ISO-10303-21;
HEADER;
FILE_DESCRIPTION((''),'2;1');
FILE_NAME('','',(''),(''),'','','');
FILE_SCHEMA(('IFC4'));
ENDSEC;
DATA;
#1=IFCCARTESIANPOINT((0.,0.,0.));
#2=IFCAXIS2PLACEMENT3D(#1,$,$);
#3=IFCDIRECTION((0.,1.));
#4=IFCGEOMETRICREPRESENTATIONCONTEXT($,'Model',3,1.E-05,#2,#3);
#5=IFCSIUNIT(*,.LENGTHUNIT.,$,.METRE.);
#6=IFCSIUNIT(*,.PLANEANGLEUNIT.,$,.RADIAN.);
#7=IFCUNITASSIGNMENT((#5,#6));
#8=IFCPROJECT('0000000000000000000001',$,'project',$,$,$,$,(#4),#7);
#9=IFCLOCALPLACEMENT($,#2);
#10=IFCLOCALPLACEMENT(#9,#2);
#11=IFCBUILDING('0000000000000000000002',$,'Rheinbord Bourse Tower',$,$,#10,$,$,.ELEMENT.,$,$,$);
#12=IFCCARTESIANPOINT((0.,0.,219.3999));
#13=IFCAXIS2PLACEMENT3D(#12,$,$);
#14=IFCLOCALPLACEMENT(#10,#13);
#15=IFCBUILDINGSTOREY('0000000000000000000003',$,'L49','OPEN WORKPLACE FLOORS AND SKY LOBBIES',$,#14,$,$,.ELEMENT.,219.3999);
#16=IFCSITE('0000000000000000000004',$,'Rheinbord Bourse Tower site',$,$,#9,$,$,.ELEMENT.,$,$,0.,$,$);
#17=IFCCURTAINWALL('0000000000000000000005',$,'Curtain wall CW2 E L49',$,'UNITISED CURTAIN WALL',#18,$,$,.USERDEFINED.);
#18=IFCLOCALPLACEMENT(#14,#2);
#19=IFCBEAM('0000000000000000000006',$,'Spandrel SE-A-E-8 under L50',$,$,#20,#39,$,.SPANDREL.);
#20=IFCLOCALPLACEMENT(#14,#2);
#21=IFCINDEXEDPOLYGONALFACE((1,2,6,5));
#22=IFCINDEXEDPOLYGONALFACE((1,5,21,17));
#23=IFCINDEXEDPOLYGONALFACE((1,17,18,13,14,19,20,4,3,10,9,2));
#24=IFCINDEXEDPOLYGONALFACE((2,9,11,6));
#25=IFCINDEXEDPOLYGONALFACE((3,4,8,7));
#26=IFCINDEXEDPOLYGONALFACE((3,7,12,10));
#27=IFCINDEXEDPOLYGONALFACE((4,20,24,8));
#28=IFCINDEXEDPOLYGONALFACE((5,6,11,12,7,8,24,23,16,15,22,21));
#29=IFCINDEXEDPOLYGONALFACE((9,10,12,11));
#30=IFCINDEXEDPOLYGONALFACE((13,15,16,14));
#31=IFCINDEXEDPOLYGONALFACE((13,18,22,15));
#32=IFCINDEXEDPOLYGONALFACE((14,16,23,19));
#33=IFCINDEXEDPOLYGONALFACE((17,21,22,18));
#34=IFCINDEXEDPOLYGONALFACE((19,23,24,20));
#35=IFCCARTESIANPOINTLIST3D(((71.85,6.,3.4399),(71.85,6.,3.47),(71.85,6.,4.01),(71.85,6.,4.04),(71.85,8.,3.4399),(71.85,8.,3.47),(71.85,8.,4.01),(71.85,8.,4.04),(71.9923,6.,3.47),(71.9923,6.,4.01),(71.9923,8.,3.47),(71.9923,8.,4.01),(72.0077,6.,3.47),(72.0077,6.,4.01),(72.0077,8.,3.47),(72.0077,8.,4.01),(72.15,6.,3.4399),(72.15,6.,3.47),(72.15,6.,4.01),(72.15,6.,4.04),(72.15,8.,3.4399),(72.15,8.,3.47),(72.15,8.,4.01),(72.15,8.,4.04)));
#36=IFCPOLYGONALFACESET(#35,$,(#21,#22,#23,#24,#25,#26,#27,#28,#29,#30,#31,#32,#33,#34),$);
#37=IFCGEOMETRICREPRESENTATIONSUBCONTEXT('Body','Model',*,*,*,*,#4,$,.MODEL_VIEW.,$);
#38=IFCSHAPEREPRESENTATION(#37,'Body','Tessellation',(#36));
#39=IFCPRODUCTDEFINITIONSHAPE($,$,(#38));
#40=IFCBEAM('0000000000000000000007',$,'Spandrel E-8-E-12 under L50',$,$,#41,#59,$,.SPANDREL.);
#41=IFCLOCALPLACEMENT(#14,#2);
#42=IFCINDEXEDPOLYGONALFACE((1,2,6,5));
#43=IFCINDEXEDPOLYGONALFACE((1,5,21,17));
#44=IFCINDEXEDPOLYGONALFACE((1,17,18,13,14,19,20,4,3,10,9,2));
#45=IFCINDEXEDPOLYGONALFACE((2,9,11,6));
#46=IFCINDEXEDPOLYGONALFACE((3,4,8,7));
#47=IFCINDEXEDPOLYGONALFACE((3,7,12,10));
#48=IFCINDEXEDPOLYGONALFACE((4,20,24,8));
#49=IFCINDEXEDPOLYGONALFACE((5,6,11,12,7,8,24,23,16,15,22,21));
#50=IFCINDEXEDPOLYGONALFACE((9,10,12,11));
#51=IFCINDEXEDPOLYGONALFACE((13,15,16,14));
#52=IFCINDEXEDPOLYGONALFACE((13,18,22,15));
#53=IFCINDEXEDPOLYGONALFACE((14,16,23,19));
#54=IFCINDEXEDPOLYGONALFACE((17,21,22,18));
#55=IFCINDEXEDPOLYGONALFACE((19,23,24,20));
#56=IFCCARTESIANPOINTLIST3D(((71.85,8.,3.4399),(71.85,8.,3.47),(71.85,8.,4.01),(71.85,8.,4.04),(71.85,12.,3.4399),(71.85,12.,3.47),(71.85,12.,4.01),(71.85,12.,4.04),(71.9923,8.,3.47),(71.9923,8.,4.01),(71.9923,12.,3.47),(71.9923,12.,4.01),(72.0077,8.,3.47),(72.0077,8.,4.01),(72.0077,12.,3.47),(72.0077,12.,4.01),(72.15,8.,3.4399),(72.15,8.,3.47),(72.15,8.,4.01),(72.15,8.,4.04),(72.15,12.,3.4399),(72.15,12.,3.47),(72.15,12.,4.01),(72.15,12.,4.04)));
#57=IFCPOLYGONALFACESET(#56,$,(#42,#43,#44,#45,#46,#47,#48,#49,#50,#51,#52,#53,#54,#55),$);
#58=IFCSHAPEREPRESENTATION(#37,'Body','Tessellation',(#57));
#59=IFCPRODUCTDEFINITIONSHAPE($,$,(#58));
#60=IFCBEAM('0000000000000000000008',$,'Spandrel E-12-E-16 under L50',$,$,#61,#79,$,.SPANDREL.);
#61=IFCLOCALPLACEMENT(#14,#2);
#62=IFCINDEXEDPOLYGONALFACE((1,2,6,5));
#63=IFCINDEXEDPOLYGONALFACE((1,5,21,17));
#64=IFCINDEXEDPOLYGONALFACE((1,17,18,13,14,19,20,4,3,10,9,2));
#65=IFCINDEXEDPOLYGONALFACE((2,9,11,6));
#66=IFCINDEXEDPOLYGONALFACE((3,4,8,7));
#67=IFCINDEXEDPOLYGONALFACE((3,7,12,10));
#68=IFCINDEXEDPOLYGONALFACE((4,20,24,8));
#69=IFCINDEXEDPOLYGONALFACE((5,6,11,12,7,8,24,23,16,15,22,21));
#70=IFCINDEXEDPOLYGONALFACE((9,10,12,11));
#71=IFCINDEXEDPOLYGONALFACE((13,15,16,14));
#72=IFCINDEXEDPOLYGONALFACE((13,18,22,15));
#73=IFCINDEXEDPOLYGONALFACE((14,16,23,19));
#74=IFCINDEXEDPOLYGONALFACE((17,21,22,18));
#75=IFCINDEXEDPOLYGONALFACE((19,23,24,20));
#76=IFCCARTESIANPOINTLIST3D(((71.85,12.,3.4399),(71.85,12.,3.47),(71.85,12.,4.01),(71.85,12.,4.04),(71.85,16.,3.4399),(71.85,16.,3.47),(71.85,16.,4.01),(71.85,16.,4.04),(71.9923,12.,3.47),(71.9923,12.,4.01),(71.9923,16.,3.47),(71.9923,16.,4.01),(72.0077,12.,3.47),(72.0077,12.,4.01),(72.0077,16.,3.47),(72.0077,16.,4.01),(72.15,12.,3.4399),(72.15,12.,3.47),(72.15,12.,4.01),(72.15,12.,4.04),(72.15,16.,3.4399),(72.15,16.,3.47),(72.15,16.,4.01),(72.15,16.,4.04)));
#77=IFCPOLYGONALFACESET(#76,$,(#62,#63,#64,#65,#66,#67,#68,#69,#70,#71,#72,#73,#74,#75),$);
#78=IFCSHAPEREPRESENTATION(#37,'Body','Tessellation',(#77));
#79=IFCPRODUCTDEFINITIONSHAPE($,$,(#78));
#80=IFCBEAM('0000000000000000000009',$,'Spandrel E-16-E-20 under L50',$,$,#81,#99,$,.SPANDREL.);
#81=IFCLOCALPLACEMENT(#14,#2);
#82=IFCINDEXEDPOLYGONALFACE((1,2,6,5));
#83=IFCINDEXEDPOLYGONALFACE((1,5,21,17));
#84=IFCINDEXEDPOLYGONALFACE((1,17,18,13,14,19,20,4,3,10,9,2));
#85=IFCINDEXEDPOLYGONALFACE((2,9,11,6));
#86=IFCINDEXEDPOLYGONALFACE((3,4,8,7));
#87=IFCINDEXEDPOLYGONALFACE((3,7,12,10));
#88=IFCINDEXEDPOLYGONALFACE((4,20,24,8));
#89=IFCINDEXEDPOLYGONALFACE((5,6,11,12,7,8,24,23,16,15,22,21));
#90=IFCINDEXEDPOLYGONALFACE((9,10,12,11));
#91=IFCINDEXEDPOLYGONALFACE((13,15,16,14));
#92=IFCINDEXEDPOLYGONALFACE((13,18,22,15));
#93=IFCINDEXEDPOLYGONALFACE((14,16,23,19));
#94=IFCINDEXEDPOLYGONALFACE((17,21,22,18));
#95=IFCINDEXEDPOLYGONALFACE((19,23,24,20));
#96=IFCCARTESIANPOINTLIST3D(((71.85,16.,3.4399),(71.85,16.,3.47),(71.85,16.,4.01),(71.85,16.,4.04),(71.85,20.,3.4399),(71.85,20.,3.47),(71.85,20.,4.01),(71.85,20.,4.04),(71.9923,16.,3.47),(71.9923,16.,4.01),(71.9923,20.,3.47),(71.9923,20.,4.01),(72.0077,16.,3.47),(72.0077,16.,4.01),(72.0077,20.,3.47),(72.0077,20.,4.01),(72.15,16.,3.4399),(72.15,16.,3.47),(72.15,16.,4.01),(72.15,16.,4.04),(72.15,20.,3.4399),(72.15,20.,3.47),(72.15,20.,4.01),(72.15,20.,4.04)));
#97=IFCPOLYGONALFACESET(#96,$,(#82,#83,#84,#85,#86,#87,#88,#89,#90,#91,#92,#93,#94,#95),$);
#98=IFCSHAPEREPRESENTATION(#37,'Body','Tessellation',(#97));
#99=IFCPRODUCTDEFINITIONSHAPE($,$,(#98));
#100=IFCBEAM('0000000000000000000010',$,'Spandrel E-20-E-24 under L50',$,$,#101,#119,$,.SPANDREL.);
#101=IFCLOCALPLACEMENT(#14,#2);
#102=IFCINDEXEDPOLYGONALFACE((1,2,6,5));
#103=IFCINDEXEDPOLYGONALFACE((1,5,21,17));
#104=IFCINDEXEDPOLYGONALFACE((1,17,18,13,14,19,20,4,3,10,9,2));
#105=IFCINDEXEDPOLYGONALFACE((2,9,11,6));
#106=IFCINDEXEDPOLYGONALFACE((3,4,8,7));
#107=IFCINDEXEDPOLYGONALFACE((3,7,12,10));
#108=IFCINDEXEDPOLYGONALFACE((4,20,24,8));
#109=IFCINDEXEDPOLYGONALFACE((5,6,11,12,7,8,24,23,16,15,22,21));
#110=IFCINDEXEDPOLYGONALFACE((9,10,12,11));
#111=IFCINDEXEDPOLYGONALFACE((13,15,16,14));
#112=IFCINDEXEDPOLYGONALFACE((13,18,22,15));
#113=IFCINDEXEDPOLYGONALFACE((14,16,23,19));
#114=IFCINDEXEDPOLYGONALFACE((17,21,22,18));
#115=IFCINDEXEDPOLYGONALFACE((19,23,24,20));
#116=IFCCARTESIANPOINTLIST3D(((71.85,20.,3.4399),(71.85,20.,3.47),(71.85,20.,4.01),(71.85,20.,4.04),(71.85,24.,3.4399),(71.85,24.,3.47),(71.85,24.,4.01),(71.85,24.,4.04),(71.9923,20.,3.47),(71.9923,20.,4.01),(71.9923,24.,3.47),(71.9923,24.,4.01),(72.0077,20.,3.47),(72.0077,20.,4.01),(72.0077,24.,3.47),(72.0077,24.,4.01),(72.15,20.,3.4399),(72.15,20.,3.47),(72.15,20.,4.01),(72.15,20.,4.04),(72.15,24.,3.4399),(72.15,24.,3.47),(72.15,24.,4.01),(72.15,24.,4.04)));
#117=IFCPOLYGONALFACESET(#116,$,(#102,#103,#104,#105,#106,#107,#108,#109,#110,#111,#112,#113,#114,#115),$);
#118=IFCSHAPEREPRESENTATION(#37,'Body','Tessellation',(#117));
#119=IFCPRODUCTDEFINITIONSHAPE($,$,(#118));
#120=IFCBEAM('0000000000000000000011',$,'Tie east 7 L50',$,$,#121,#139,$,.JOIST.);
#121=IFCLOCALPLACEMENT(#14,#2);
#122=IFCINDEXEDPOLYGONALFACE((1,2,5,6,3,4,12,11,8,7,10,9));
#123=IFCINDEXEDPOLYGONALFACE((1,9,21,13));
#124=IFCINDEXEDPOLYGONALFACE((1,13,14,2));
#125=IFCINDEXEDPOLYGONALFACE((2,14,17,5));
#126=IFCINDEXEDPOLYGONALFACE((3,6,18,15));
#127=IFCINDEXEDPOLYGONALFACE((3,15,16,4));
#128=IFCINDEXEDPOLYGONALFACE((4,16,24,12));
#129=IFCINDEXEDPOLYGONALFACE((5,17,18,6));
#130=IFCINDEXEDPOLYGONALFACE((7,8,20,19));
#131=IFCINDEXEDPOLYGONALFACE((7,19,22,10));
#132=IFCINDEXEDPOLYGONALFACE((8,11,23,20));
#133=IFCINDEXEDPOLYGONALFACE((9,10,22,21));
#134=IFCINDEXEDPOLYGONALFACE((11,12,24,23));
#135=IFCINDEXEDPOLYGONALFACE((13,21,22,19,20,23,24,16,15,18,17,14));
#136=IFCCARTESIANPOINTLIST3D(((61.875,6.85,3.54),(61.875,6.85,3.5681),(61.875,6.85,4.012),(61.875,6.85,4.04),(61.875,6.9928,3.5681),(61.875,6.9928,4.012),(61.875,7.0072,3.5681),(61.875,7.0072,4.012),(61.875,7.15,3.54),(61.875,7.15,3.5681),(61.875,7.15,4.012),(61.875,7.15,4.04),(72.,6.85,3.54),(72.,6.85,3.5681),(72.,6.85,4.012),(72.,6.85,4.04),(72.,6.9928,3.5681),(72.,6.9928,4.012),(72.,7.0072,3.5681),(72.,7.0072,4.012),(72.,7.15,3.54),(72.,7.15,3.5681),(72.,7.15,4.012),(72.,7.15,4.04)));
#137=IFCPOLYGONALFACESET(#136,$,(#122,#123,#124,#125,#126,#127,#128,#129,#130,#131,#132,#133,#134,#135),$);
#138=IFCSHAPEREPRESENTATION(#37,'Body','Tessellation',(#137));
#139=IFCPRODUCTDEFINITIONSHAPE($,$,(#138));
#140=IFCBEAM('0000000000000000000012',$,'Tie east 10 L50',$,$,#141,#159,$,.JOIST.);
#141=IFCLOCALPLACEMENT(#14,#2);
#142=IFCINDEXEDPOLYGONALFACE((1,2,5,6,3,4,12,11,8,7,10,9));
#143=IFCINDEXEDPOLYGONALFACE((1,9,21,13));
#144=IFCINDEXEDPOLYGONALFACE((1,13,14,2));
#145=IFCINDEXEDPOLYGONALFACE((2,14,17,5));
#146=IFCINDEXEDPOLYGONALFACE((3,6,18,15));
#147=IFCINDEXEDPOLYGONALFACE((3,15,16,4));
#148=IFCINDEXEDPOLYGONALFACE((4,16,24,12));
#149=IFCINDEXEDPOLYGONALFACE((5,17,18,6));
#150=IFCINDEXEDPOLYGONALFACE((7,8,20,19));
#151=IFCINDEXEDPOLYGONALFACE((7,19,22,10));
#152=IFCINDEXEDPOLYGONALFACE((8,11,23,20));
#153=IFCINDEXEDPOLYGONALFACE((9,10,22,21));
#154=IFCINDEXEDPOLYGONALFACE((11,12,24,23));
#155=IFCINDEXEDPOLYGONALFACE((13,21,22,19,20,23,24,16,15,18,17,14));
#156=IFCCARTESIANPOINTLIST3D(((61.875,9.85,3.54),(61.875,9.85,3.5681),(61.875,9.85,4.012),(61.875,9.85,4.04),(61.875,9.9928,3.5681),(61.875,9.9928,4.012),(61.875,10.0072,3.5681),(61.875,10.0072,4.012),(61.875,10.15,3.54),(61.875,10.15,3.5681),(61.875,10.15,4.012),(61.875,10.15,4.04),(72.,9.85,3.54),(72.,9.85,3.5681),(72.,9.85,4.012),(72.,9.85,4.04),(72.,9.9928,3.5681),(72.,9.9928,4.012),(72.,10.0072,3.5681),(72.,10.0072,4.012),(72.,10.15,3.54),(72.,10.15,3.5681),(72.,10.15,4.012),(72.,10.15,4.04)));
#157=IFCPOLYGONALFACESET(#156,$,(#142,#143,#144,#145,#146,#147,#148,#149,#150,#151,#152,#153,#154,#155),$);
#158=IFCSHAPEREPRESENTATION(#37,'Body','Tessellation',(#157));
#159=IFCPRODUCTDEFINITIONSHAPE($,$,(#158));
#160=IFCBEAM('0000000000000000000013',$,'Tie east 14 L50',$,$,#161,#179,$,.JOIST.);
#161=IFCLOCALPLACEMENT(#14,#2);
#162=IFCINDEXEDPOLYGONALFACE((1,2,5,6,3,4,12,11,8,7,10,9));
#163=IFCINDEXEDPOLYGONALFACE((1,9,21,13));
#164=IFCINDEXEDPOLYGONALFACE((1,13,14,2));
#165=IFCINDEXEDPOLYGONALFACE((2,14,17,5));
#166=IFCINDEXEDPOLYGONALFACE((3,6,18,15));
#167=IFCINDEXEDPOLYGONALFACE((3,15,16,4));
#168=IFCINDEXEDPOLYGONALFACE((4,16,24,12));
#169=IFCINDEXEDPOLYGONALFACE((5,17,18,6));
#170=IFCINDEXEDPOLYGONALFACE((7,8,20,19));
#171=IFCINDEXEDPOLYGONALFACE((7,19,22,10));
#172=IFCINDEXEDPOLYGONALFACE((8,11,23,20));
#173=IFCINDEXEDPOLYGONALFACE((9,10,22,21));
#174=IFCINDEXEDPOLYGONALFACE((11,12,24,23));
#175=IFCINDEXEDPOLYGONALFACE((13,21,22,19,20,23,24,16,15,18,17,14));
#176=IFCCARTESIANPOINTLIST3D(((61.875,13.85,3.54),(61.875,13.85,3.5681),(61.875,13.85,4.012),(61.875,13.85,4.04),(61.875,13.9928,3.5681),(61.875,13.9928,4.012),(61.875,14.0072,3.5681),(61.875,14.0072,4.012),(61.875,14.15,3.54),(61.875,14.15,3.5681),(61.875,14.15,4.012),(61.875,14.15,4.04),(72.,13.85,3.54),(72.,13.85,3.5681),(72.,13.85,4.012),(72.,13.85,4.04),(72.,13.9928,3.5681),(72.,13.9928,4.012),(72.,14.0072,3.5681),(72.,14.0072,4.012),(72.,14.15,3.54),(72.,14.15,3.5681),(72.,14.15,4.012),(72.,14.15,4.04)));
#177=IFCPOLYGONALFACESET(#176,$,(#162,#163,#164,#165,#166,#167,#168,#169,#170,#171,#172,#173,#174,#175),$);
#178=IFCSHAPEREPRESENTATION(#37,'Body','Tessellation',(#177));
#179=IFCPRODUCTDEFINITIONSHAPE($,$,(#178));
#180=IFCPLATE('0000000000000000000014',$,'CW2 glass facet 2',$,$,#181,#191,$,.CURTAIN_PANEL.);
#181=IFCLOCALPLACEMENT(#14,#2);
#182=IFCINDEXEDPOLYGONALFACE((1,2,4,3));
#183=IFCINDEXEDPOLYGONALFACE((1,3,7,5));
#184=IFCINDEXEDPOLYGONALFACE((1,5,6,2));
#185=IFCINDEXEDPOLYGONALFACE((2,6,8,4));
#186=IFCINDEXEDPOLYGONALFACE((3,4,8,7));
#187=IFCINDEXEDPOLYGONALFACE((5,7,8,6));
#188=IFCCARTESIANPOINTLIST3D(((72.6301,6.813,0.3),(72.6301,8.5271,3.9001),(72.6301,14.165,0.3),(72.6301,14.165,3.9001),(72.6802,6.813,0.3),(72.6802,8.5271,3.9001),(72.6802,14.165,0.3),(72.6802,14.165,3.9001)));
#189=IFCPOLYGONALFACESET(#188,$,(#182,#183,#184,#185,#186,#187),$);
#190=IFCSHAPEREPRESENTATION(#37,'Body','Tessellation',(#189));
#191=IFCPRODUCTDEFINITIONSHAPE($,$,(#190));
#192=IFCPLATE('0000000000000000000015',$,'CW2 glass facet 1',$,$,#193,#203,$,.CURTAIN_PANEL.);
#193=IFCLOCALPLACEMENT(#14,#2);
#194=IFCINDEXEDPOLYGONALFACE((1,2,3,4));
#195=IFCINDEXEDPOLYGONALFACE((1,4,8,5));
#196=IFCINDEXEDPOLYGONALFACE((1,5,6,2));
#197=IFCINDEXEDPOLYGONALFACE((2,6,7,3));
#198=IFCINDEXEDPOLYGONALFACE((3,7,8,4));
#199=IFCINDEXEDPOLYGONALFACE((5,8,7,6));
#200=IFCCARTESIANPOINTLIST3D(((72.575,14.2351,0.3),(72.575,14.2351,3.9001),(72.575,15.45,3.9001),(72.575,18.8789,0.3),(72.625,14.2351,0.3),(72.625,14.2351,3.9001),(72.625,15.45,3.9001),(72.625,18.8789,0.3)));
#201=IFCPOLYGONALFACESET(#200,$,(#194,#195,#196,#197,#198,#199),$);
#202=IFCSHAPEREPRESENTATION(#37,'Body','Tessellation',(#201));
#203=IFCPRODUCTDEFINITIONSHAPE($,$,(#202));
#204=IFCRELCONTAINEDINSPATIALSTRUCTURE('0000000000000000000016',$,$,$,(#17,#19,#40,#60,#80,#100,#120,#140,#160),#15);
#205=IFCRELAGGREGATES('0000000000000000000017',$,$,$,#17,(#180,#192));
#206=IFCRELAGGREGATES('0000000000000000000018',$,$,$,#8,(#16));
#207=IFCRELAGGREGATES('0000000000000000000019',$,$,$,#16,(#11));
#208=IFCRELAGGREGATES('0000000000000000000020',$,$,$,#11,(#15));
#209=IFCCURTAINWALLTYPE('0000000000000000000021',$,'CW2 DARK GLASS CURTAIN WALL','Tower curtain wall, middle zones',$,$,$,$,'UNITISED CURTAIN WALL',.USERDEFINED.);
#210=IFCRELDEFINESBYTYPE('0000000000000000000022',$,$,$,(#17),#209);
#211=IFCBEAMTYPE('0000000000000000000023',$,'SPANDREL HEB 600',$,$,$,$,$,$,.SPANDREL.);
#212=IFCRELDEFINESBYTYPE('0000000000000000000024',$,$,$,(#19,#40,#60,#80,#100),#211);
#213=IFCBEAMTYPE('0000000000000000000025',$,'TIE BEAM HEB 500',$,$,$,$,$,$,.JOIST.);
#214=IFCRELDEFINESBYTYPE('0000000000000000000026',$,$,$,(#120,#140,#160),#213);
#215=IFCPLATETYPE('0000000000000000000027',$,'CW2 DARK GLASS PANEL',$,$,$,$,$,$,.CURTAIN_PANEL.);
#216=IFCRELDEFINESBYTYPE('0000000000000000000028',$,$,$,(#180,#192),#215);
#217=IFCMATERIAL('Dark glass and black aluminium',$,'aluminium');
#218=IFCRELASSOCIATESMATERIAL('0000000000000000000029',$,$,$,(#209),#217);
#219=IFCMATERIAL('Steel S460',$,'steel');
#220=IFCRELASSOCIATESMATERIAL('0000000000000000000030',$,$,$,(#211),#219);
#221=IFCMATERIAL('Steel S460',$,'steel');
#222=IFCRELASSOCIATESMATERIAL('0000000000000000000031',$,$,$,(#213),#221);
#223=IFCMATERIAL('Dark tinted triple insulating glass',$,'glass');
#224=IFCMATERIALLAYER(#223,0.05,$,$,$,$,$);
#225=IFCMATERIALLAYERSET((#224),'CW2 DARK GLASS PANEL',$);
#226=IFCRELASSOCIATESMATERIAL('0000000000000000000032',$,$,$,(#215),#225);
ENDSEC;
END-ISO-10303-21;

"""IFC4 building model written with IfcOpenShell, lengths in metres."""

from ifc_helpers import new_model, si_unit, direction, frame, origin, origin_2d, place, context, subcontext, project, spatial, polyline, i_section, outline, extrude, material, layer, layer_set, material_profile, profile_set, type_object, element, aggregate, save


model = new_model("IFC4")

# Units and contexts
model_context = context("Model", 3, precision=1e-05, world=origin(), true_north=direction((0.0, 1.0)))
body_context = subcontext(model_context, "Body", "Model", "MODEL_VIEW")
ifc_project = project(units=[si_unit("LENGTHUNIT", "METRE"), si_unit("PLANEANGLEUNIT", "RADIAN")], contexts=[model_context])

# Site, building, storey
site_placement = place(None, origin())
site = spatial("IfcSite", under=ifc_project, at=site_placement, Name="Rheinbord Bourse Tower site", CompositionType="ELEMENT", RefElevation=0.0)
building_placement = place(site_placement, origin())
building = spatial("IfcBuilding", under=site, at=building_placement, Name="Rheinbord Bourse Tower", CompositionType="ELEMENT")
storey_placement = place(building_placement, frame((0.0, 0.0, 219.3999)))
storey = spatial("IfcBuildingStorey", under=building, at=storey_placement, Name="L49", Description="OPEN WORKPLACE FLOORS AND SKY LOBBIES", CompositionType="ELEMENT", Elevation=219.3999)

# Curtain wall
ifc_material_1 = material(Name="Dark glass and black aluminium", Category="aluminium")
curtain_wall_type = type_object("IfcCurtainWallType", Name="CW2 DARK GLASS CURTAIN WALL", Description="Tower curtain wall, middle zones", ElementType="UNITISED CURTAIN WALL", PredefinedType="USERDEFINED", material=ifc_material_1)
curtain_wall_placement = place(storey_placement, origin())
curtain_wall = element("IfcCurtainWall", 1, at=curtain_wall_placement, inside=storey, type_object=curtain_wall_type, Name="Curtain wall CW2 E L49", ObjectType="UNITISED CURTAIN WALL", PredefinedType="USERDEFINED")

# Beams
ifc_material_2 = material(Name="Steel S460", Category="steel")
ifc_material_profile_1 = material_profile(ifc_material_2, i_section(OverallWidth=0.3, OverallDepth=0.6001, WebThickness=0.0154, FlangeThickness=0.03, at=origin_2d()), Name="HEB 600")
ifc_profile_set_1 = profile_set([ifc_material_profile_1], Name="Steel S460")
beam_type_1 = type_object("IfcBeamType", Name="SPANDREL HEB 600", PredefinedType="SPANDREL", material=ifc_profile_set_1)
beam_1_placement = place(storey_placement, frame((72.0, 6.0, 3.74), z_axis=(0.0, 1.0, 0.0), x_axis=(-1.0, 0.0, 0.0)))
element("IfcBeam", 2, at=beam_1_placement, inside=storey, type_object=beam_type_1, Name="Spandrel SE-A-E-8 under L50", PredefinedType="SPANDREL", context=body_context, shape_type="SweptSolid", body=[
    extrude(i_section(OverallWidth=0.3, OverallDepth=0.6001, WebThickness=0.0154, FlangeThickness=0.03, at=origin_2d()), origin(), (0.0, 0.0, 1.0), 2.0),
])
for number, where, z_axis, x_axis, name in (
    (3, (72.0, 8.0, 3.74), (0.0, 1.0, 0.0), (-1.0, 0.0, 0.0), "Spandrel E-8-E-12 under L50"),
    (4, (72.0, 12.0, 3.74), (0.0, 1.0, 0.0), (-1.0, 0.0, 0.0), "Spandrel E-12-E-16 under L50"),
    (5, (72.0, 16.0, 3.74), (0.0, 1.0, 0.0), (-1.0, 0.0, 0.0), "Spandrel E-16-E-20 under L50"),
    (6, (72.0, 20.0, 3.74), (0.0, 1.0, 0.0), (-1.0, 0.0, 0.0), "Spandrel E-20-E-24 under L50"),
):
    element("IfcBeam", number, at=place(storey_placement, frame(where, z_axis=z_axis, x_axis=x_axis)), inside=storey, type_object=beam_type_1, Name=name, PredefinedType="SPANDREL", context=body_context, shape_type="SweptSolid", body=[
        extrude(i_section(OverallWidth=0.3, OverallDepth=0.6001, WebThickness=0.0154, FlangeThickness=0.03, at=origin_2d()), origin(), (0.0, 0.0, 1.0), 4.0),
    ])
ifc_material_3 = material(Name="Steel S460", Category="steel")
ifc_material_profile_2 = material_profile(ifc_material_3, i_section(OverallWidth=0.3, OverallDepth=0.5, WebThickness=0.0144, FlangeThickness=0.0281, at=origin_2d()), Name="HEB 500")
ifc_profile_set_2 = profile_set([ifc_material_profile_2], Name="Steel S460")
beam_type_2 = type_object("IfcBeamType", Name="TIE BEAM HEB 500", PredefinedType="JOIST", material=ifc_profile_set_2)
for number, where, z_axis, x_axis, name in (
    (7, (61.875, 7.0, 3.79), (1.0, 0.0, 0.0), (0.0, 1.0, 0.0), "Tie east 7 L50"),
    (8, (61.875, 10.0, 3.79), (1.0, 0.0, 0.0), (0.0, 1.0, 0.0), "Tie east 10 L50"),
    (9, (61.875, 14.0, 3.79), (1.0, 0.0, 0.0), (0.0, 1.0, 0.0), "Tie east 14 L50"),
):
    element("IfcBeam", number, at=place(storey_placement, frame(where, z_axis=z_axis, x_axis=x_axis)), inside=storey, type_object=beam_type_2, Name=name, PredefinedType="JOIST", context=body_context, shape_type="SweptSolid", body=[
        extrude(i_section(OverallWidth=0.3, OverallDepth=0.5, WebThickness=0.0144, FlangeThickness=0.0281, at=origin_2d()), origin(), (0.0, 0.0, 1.0), 10.125),
    ])

# Plates
ifc_material_4 = material(Name="Dark tinted triple insulating glass", Category="glass")
ifc_layer_1 = layer(ifc_material_4, 0.05)
ifc_layer_set_1 = layer_set([ifc_layer_1], Name="CW2 DARK GLASS PANEL")
plate_type = type_object("IfcPlateType", Name="CW2 DARK GLASS PANEL", PredefinedType="CURTAIN_PANEL", material=ifc_layer_set_1)
plate_1_placement = place(storey_placement, frame((72.6802, 14.165, 3.9001), z_axis=(-1.0, 0.0, 0.0), x_axis=(0.0, 0.0, -1.0)))
plate_1 = element("IfcPlate", 10, at=plate_1_placement, type_object=plate_type, Name="CW2 glass facet 2", PredefinedType="CURTAIN_PANEL", context=body_context, shape_type="SweptSolid", body=[
    extrude(outline(polyline([(0.0, 0.0), (3.6001, 0.0), (3.6001, 7.3521), (0.0, 5.6379), (0.0, 0.0)])), origin(), (0.0, 0.0, 1.0), 0.05),
])
plate_2_placement = place(storey_placement, frame((72.625, 14.2351, 0.3), z_axis=(-1.0, 0.0, 0.0), x_axis=(0.0, 0.0, 1.0)))
plate_2 = element("IfcPlate", 11, at=plate_2_placement, type_object=plate_type, Name="CW2 glass facet 1", PredefinedType="CURTAIN_PANEL", context=body_context, shape_type="SweptSolid", body=[
    extrude(outline(polyline([(0.0, 0.0), (3.6001, 0.0), (3.6001, 1.2148), (0.0, 4.6438), (0.0, 0.0)])), origin(), (0.0, 0.0, 1.0), 0.05),
])
aggregate(curtain_wall, [plate_1, plate_2])

save(model, "model.ifc")
